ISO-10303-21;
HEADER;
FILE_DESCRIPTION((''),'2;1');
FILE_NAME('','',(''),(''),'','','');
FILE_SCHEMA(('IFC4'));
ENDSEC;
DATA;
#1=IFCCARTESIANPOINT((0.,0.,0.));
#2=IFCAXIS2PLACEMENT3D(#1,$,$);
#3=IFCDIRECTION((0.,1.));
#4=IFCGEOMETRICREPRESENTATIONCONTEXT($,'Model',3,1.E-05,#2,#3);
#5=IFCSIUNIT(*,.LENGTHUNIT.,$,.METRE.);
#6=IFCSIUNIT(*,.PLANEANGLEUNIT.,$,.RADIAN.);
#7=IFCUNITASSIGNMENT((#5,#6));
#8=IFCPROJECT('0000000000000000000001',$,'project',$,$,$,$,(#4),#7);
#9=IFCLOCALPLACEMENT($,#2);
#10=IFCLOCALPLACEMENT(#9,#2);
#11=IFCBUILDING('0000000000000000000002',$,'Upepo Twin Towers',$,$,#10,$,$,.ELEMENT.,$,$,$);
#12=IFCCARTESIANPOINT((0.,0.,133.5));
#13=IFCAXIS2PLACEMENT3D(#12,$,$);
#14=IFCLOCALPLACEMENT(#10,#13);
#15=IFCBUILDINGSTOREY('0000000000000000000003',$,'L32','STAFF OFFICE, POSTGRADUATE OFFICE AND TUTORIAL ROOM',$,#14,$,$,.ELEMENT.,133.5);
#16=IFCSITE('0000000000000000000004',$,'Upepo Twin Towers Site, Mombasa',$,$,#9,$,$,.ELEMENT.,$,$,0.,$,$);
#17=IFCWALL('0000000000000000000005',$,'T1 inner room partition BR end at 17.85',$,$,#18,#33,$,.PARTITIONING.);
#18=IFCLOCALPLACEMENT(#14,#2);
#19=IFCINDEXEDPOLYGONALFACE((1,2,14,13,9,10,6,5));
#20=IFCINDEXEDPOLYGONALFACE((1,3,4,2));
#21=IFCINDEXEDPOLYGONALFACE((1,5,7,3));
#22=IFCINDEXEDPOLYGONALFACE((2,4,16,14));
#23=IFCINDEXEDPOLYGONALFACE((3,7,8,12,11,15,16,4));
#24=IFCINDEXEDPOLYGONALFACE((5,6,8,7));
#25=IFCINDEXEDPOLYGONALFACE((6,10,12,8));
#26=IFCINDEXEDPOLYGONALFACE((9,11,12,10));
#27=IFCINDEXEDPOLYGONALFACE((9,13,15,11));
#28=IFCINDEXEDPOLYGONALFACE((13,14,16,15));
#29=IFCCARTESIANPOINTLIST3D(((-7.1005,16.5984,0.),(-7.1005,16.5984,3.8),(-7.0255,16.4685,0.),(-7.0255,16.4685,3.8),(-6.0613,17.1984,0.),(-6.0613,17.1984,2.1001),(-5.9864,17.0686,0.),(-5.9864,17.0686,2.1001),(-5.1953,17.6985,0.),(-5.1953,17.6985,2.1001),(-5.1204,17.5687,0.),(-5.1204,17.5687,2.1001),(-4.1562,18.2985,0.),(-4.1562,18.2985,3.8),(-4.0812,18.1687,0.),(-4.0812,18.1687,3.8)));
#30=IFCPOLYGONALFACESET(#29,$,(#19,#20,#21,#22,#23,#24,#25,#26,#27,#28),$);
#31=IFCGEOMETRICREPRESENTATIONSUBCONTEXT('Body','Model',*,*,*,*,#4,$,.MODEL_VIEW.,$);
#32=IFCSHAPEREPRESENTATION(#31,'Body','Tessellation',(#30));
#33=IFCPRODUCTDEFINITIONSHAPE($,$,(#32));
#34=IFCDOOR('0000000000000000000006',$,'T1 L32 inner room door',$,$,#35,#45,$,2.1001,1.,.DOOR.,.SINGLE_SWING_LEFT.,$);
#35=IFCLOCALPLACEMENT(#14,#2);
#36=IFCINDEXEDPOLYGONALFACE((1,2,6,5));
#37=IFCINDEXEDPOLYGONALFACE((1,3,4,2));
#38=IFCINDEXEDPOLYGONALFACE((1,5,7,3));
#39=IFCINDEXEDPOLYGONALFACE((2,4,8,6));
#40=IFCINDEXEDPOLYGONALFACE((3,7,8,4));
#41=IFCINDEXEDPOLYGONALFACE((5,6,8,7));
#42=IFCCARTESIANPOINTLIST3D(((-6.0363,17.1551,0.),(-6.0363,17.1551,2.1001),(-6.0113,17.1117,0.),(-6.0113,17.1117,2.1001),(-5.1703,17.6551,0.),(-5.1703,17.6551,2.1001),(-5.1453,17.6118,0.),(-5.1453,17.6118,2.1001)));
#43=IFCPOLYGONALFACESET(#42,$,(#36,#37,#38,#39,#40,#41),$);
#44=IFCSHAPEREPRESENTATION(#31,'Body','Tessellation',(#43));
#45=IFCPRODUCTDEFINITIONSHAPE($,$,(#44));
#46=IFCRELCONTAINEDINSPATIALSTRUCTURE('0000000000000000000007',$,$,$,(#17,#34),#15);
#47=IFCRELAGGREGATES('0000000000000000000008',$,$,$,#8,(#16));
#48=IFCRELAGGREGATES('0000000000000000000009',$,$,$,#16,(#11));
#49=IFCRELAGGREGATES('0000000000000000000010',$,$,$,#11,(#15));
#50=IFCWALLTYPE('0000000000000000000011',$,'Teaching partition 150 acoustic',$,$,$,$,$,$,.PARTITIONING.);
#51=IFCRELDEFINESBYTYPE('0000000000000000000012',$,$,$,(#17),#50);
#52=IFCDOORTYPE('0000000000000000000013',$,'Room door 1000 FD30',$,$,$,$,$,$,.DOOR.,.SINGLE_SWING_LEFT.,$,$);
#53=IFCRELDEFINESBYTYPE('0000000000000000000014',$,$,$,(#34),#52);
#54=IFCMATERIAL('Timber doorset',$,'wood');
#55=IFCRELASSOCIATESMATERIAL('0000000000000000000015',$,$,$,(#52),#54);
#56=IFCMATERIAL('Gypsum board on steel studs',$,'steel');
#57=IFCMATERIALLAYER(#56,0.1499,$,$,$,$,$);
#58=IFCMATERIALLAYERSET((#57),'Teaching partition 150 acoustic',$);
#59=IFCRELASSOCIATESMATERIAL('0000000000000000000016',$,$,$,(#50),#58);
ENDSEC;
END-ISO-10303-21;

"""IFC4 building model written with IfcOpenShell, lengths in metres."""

from ifc_helpers import new_model, si_unit, direction, frame, frame_2d, origin, place, context, subcontext, project, spatial, rectangle, extrude, material, layer, layer_set, type_object, element, fill, save


model = new_model("IFC4")

# Units and contexts
model_context = context("Model", 3, precision=1e-05, world=origin(), true_north=direction((0.0, 1.0)))
body_context = subcontext(model_context, "Body", "Model", "MODEL_VIEW")
ifc_project = project(units=[si_unit("LENGTHUNIT", "METRE"), si_unit("PLANEANGLEUNIT", "RADIAN")], contexts=[model_context])

# Site, building, storey
site_placement = place(None, origin())
site = spatial("IfcSite", under=ifc_project, at=site_placement, Name="Upepo Twin Towers Site, Mombasa", CompositionType="ELEMENT", RefElevation=0.0)
building_placement = place(site_placement, origin())
building = spatial("IfcBuilding", under=site, at=building_placement, Name="Upepo Twin Towers", CompositionType="ELEMENT")
storey_placement = place(building_placement, frame((0.0, 0.0, 133.5)))
storey = spatial("IfcBuildingStorey", under=building, at=storey_placement, Name="L32", Description="STAFF OFFICE, POSTGRADUATE OFFICE AND TUTORIAL ROOM", CompositionType="ELEMENT", Elevation=133.5)

# Shared definitions
ifc_material_1 = material(Name="Timber doorset", Category="wood")
door_type = type_object("IfcDoorType", Name="Room door 1000 FD30", OperationType="SINGLE_SWING_LEFT", PredefinedType="DOOR", material=ifc_material_1)

# Shared definitions
ifc_material_2 = material(Name="Gypsum board on steel studs", Category="steel")
ifc_layer_1 = layer(ifc_material_2, 0.1499)
ifc_layer_set_1 = layer_set([ifc_layer_1], Name="Teaching partition 150 acoustic")
wall_type_1 = type_object("IfcWallType", Name="Teaching partition 150 acoustic", PredefinedType="PARTITIONING", material=ifc_layer_set_1)

# Wall, opening, door
wall_1_placement = place(storey_placement, frame((-7.063, 16.5334, 0.0), z_axis=(0.0, 0.0, 1.0), x_axis=(0.865989, 0.500062, 0.0)))
wall_1 = element("IfcWall", 1, at=wall_1_placement, inside=storey, type_object=wall_type_1, Name="T1 inner room partition BR end at 17.85", PredefinedType="PARTITIONING", context=body_context, shape_type="SweptSolid", body=[
    extrude(rectangle(XDim=3.3999, YDim=0.1499, at=frame_2d((1.7, 0.0))), origin(), (0.0, 0.0, 1.0), 3.8),
])
opening_1_placement = place(wall_1_placement, frame((1.2, 0.0, 0.0)))
opening_1 = element("IfcOpeningElement", 2, at=opening_1_placement, cuts=wall_1, PredefinedType="OPENING", context=body_context, shape_type="SweptSolid", body=[
    extrude(rectangle(XDim=1.0, YDim=2.1001, at=frame_2d((0.5, 1.05))), frame((0.0, 0.085, 0.0), z_axis=(0.0, -1.0, 0.0), x_axis=(1.0, 0.0, 0.0)), (0.0, 0.0, 1.0), 0.1699),
])
door_1_placement = place(opening_1_placement, origin())
door_1 = element("IfcDoor", 3, at=door_1_placement, inside=storey, type_object=door_type, Name="T1 L32 inner room door", OperationType="SINGLE_SWING_LEFT", OverallHeight=2.1001, OverallWidth=1.0, PredefinedType="DOOR", context=body_context, shape_type="SweptSolid", body=[
    extrude(rectangle(XDim=1.0, YDim=2.1001, at=frame_2d((0.5, 1.05))), frame((0.0, 0.0249, 0.0), z_axis=(0.0, -1.0, 0.0), x_axis=(1.0, 0.0, 0.0)), (0.0, 0.0, 1.0), 0.05),
])
fill(opening_1, door_1)

save(model, "model.ifc")
